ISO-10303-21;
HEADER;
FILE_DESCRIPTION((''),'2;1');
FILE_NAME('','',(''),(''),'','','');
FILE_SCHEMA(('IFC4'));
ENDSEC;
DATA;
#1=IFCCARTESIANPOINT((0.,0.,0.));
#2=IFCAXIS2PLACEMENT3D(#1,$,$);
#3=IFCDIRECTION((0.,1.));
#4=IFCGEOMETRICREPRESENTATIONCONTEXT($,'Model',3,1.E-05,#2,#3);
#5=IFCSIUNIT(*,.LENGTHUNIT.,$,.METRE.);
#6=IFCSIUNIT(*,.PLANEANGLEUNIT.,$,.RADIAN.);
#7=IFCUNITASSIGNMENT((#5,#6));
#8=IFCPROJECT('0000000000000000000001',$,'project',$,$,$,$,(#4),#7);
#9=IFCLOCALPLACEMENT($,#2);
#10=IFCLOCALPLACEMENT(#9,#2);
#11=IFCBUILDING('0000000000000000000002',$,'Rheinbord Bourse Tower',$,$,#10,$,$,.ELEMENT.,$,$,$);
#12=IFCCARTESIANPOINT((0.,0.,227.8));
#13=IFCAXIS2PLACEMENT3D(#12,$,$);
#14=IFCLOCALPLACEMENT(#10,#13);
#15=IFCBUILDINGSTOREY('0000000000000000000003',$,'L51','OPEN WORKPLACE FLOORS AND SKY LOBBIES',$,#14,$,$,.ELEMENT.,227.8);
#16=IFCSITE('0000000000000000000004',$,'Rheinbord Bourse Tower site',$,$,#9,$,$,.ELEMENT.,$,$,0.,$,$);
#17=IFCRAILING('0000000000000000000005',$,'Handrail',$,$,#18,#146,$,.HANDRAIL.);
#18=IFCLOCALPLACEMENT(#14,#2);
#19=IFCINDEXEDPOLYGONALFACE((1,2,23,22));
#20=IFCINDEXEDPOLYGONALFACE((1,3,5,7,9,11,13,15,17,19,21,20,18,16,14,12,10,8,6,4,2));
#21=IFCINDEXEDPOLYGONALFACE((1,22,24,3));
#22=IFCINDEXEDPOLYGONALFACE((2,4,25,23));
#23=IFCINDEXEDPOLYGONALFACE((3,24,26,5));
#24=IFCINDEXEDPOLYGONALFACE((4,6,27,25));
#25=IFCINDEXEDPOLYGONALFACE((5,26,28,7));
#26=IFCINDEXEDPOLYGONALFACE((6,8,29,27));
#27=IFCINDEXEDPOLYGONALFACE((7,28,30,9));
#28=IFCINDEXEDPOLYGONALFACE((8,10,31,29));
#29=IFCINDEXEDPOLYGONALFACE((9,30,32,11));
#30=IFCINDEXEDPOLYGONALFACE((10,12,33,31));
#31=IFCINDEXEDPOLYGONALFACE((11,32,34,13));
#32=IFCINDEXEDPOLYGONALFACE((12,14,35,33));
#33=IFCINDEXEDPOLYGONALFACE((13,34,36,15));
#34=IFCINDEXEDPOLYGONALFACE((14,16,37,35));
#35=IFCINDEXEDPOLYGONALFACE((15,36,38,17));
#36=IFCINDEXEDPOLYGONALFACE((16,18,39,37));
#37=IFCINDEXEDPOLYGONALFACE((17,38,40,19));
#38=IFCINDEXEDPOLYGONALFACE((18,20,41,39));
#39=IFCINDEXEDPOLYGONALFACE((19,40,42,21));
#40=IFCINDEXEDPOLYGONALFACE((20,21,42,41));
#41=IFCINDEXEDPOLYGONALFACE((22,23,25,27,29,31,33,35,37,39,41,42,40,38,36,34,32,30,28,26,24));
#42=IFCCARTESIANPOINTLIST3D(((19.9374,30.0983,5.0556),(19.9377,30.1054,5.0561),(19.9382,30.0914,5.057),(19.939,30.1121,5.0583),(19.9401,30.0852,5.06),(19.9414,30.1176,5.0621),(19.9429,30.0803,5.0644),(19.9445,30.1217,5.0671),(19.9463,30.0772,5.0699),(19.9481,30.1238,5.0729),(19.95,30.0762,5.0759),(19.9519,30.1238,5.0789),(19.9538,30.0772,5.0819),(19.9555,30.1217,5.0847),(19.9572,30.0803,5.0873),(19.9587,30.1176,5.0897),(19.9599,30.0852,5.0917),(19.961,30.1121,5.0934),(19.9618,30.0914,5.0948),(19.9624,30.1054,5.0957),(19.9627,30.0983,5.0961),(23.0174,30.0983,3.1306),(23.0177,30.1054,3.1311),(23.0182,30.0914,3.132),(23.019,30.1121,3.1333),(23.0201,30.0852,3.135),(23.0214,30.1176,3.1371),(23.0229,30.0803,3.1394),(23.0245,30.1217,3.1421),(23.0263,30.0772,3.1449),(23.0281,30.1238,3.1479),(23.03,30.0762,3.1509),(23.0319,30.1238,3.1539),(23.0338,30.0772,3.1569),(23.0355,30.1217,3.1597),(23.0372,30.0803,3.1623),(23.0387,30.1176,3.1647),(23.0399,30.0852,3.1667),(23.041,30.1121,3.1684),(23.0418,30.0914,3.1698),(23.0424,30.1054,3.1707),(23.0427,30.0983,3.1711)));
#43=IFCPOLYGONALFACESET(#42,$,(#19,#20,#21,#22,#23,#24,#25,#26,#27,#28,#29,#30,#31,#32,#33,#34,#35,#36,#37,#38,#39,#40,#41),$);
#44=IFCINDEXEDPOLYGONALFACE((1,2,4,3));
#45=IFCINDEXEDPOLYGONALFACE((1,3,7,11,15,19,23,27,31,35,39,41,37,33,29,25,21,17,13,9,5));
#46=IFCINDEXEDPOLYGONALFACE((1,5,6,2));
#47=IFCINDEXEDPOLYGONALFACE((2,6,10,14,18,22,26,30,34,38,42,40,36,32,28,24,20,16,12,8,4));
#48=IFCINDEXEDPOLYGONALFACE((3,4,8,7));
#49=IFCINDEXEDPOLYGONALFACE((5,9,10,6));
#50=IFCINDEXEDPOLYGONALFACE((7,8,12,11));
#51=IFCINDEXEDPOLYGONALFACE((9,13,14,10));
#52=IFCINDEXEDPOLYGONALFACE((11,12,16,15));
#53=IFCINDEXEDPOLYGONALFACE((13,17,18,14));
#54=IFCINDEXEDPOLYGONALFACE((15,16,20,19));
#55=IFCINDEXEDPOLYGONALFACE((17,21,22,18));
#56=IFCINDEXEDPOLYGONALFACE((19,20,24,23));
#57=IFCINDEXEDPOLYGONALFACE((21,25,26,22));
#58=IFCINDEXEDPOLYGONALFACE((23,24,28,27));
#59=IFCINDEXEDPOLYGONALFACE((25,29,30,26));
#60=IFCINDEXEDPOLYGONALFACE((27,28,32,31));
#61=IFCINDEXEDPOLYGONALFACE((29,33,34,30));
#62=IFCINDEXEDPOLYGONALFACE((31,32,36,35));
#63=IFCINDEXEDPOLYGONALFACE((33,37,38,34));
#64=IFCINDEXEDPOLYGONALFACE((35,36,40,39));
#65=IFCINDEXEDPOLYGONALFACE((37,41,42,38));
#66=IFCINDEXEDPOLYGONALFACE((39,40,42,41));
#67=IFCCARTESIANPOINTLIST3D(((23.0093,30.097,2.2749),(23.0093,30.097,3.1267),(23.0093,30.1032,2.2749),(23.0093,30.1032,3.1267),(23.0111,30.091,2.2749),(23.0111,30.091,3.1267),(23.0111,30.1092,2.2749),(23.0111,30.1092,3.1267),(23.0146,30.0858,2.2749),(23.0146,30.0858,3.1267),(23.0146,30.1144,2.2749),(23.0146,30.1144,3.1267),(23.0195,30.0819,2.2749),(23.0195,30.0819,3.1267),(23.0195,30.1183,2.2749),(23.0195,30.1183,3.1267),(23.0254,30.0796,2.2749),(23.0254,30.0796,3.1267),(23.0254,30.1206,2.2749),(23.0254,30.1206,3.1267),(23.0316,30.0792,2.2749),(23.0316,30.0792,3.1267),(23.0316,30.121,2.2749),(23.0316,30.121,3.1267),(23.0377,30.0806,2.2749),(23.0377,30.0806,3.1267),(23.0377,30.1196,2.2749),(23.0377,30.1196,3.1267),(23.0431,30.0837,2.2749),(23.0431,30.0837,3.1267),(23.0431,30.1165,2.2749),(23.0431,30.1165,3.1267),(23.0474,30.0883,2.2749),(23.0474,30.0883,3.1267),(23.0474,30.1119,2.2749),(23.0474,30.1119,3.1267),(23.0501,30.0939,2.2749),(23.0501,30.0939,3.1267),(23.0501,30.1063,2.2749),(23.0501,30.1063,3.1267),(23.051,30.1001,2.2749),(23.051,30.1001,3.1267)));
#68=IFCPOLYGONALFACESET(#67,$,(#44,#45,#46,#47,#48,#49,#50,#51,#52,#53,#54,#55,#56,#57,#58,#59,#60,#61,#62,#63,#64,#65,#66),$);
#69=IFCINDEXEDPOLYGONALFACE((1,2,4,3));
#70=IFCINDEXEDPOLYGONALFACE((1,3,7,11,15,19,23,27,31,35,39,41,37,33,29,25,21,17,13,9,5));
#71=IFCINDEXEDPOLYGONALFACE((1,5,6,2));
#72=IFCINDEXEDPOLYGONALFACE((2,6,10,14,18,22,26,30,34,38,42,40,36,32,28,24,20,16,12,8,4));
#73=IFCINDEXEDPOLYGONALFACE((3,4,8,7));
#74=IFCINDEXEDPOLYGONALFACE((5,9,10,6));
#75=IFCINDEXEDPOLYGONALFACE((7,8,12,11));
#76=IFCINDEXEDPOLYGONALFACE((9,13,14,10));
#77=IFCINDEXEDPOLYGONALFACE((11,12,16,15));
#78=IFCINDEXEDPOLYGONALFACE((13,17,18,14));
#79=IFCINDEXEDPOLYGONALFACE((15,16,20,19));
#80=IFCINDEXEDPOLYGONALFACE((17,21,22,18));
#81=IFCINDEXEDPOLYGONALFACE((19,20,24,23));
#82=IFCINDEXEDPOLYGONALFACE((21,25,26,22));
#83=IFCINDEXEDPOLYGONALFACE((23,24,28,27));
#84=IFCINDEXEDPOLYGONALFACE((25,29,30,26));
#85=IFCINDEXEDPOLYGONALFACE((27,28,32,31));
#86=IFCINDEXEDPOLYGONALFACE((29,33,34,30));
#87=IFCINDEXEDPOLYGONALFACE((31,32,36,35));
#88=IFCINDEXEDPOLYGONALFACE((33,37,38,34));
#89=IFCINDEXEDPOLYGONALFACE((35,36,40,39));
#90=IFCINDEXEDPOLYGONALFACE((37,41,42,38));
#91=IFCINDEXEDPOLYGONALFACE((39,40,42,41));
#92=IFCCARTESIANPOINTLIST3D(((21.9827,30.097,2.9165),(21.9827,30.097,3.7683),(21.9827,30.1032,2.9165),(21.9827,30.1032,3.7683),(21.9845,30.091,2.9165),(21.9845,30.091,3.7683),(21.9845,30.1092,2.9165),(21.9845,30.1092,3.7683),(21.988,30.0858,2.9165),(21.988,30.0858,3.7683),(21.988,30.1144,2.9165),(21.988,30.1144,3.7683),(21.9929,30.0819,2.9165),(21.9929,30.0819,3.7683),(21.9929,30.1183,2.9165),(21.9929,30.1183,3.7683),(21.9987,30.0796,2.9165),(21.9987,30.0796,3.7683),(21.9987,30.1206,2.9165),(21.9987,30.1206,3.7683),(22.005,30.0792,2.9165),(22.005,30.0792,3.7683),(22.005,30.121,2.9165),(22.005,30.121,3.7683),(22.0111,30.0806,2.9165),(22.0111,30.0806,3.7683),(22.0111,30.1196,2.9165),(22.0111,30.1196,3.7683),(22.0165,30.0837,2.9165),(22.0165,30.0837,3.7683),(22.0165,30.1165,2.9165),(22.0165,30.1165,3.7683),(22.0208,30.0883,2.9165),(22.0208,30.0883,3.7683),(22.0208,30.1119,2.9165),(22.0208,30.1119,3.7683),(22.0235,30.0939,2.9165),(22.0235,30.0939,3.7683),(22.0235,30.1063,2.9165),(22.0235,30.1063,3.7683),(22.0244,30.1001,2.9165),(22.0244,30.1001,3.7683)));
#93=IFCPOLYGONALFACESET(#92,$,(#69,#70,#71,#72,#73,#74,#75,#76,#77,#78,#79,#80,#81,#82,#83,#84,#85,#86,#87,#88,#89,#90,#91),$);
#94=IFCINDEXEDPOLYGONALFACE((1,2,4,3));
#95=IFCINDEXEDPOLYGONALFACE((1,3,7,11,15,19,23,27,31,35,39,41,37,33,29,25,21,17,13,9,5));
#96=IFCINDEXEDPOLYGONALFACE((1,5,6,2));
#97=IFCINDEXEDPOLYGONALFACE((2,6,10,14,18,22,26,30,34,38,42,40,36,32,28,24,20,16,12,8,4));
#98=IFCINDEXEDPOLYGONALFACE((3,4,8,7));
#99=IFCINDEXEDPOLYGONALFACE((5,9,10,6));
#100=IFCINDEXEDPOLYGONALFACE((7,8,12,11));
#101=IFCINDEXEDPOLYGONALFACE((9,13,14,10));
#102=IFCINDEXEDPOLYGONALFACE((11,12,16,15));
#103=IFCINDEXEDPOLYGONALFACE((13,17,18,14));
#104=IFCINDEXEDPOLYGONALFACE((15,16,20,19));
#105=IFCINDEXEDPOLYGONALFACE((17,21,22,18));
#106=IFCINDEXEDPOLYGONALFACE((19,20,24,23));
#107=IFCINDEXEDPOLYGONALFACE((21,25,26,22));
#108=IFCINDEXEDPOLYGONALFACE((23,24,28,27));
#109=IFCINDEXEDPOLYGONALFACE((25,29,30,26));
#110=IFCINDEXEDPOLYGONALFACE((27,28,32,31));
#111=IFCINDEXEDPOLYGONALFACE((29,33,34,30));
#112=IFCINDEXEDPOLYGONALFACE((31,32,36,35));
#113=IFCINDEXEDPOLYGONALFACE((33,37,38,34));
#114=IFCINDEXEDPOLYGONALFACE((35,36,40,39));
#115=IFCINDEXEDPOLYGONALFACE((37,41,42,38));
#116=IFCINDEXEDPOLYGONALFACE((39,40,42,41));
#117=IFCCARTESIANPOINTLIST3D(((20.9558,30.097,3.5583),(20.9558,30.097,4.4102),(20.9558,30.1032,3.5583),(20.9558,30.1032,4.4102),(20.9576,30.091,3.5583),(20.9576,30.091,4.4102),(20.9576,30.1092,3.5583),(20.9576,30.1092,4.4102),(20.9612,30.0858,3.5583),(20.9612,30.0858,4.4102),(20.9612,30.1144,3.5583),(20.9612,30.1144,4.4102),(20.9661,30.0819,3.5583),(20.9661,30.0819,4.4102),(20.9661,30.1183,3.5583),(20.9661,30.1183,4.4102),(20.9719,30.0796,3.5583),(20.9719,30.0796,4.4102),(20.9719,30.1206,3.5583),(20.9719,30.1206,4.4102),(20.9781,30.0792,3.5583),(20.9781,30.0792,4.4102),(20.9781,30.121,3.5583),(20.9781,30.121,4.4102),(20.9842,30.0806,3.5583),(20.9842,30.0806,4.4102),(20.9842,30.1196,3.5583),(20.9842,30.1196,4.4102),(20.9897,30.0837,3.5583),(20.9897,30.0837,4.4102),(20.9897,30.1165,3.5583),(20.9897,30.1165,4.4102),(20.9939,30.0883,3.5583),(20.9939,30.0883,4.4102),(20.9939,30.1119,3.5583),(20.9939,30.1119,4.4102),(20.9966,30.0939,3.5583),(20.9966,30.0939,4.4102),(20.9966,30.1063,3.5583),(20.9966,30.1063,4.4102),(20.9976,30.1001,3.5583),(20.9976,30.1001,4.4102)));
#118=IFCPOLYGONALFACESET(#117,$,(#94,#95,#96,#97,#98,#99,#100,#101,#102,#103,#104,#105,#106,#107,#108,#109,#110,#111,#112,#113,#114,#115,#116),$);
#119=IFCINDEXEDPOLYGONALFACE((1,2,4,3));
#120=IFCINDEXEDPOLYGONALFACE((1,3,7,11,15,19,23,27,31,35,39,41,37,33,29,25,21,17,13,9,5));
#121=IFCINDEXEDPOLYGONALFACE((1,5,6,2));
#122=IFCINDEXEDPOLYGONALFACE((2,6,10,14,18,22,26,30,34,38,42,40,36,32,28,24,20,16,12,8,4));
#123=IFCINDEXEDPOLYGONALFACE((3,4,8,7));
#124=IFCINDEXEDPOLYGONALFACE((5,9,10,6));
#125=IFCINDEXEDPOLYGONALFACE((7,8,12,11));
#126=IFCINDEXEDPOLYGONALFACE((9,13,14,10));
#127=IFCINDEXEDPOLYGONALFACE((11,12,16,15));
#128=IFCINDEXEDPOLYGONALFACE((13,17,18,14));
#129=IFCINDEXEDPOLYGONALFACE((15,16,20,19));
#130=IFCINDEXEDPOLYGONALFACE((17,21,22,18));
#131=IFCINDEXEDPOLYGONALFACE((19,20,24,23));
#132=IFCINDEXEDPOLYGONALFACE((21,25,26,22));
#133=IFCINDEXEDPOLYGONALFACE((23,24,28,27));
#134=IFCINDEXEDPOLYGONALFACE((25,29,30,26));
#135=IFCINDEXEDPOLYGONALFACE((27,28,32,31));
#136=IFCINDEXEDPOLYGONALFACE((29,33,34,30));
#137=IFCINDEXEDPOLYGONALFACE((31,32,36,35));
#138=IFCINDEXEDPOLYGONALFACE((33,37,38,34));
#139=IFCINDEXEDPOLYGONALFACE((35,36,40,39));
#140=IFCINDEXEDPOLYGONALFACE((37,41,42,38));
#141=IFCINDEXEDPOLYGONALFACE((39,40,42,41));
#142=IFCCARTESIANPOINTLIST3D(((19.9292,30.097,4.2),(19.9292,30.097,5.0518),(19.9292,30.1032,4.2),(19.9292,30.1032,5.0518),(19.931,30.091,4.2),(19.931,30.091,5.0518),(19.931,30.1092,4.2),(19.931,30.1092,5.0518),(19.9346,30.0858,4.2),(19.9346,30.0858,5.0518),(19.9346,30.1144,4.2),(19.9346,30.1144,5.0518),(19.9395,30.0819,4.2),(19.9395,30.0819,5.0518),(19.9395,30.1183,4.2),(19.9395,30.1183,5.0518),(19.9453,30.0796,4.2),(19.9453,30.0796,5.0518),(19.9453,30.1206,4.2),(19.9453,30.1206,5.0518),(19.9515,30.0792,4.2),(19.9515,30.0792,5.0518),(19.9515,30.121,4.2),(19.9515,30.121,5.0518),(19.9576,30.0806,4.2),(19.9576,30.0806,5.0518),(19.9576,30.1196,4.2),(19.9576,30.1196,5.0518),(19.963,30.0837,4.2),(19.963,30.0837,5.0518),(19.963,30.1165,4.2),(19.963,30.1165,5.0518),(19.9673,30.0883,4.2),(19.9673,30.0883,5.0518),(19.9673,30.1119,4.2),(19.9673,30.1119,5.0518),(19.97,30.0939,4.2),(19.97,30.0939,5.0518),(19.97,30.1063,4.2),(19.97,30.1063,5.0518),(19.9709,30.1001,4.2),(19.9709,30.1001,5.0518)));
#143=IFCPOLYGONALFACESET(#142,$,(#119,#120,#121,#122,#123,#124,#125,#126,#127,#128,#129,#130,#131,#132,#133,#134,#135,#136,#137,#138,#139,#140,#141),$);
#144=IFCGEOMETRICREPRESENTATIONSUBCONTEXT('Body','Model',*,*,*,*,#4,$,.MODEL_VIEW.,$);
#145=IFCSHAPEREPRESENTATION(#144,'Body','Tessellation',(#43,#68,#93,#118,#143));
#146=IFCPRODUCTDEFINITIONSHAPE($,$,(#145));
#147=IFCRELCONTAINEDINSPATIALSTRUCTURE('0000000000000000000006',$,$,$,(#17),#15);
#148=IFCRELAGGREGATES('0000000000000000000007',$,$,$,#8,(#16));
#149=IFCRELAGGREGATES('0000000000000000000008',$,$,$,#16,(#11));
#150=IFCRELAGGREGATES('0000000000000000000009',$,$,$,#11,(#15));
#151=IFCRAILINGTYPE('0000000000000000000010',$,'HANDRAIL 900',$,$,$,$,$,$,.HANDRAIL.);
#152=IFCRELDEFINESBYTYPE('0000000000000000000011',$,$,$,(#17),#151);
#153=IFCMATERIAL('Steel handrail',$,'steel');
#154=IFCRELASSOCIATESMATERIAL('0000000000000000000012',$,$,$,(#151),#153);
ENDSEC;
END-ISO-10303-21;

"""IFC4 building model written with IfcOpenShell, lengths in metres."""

from ifc_helpers import new_model, si_unit, direction, frame, origin, origin_2d, place, context, subcontext, project, spatial, circle, extrude, material, type_object, element, save


model = new_model("IFC4")

# Units and contexts
model_context = context("Model", 3, precision=1e-05, world=origin(), true_north=direction((0.0, 1.0)))
body_context = subcontext(model_context, "Body", "Model", "MODEL_VIEW")
ifc_project = project(units=[si_unit("LENGTHUNIT", "METRE"), si_unit("PLANEANGLEUNIT", "RADIAN")], contexts=[model_context])

# Site, building, storey
site_placement = place(None, origin())
site = spatial("IfcSite", under=ifc_project, at=site_placement, Name="Rheinbord Bourse Tower site", CompositionType="ELEMENT", RefElevation=0.0)
building_placement = place(site_placement, origin())
building = spatial("IfcBuilding", under=site, at=building_placement, Name="Rheinbord Bourse Tower", CompositionType="ELEMENT")
storey_placement = place(building_placement, frame((0.0, 0.0, 227.8)))
storey = spatial("IfcBuildingStorey", under=building, at=storey_placement, Name="L51", Description="OPEN WORKPLACE FLOORS AND SKY LOBBIES", CompositionType="ELEMENT", Elevation=227.8)

# Railing
ifc_material_1 = material(Name="Steel handrail", Category="steel")
railing_type = type_object("IfcRailingType", Name="HANDRAIL 900", PredefinedType="HANDRAIL", material=ifc_material_1)
railing_1_placement = place(storey_placement, frame((23.03, 30.1001, 2.2749)))
element("IfcRailing", 1, at=railing_1_placement, inside=storey, type_object=railing_type, Name="Handrail", PredefinedType="HANDRAIL", context=body_context, shape_type="SweptSolid", body=[
    extrude(circle(Radius=0.0239, at=origin_2d()), frame((0.0, 0.0, 0.876), z_axis=(-0.847998, 0.0, 0.529999), x_axis=(0.0, -1.0, 0.0)), (0.0, 0.0, 1.0), 3.6321),
    extrude(circle(Radius=0.021, at=origin_2d()), origin(), (0.0, 0.0, 1.0), 0.8518),
    extrude(circle(Radius=0.021, at=origin_2d()), frame((-1.0266, 0.0, 0.6416)), (0.0, 0.0, 1.0), 0.8518),
    extrude(circle(Radius=0.021, at=origin_2d()), frame((-2.0535, 0.0, 1.2834)), (0.0, 0.0, 1.0), 0.8518),
    extrude(circle(Radius=0.021, at=origin_2d()), frame((-3.0801, 0.0, 1.925)), (0.0, 0.0, 1.0), 0.8518),
])

save(model, "model.ifc")
